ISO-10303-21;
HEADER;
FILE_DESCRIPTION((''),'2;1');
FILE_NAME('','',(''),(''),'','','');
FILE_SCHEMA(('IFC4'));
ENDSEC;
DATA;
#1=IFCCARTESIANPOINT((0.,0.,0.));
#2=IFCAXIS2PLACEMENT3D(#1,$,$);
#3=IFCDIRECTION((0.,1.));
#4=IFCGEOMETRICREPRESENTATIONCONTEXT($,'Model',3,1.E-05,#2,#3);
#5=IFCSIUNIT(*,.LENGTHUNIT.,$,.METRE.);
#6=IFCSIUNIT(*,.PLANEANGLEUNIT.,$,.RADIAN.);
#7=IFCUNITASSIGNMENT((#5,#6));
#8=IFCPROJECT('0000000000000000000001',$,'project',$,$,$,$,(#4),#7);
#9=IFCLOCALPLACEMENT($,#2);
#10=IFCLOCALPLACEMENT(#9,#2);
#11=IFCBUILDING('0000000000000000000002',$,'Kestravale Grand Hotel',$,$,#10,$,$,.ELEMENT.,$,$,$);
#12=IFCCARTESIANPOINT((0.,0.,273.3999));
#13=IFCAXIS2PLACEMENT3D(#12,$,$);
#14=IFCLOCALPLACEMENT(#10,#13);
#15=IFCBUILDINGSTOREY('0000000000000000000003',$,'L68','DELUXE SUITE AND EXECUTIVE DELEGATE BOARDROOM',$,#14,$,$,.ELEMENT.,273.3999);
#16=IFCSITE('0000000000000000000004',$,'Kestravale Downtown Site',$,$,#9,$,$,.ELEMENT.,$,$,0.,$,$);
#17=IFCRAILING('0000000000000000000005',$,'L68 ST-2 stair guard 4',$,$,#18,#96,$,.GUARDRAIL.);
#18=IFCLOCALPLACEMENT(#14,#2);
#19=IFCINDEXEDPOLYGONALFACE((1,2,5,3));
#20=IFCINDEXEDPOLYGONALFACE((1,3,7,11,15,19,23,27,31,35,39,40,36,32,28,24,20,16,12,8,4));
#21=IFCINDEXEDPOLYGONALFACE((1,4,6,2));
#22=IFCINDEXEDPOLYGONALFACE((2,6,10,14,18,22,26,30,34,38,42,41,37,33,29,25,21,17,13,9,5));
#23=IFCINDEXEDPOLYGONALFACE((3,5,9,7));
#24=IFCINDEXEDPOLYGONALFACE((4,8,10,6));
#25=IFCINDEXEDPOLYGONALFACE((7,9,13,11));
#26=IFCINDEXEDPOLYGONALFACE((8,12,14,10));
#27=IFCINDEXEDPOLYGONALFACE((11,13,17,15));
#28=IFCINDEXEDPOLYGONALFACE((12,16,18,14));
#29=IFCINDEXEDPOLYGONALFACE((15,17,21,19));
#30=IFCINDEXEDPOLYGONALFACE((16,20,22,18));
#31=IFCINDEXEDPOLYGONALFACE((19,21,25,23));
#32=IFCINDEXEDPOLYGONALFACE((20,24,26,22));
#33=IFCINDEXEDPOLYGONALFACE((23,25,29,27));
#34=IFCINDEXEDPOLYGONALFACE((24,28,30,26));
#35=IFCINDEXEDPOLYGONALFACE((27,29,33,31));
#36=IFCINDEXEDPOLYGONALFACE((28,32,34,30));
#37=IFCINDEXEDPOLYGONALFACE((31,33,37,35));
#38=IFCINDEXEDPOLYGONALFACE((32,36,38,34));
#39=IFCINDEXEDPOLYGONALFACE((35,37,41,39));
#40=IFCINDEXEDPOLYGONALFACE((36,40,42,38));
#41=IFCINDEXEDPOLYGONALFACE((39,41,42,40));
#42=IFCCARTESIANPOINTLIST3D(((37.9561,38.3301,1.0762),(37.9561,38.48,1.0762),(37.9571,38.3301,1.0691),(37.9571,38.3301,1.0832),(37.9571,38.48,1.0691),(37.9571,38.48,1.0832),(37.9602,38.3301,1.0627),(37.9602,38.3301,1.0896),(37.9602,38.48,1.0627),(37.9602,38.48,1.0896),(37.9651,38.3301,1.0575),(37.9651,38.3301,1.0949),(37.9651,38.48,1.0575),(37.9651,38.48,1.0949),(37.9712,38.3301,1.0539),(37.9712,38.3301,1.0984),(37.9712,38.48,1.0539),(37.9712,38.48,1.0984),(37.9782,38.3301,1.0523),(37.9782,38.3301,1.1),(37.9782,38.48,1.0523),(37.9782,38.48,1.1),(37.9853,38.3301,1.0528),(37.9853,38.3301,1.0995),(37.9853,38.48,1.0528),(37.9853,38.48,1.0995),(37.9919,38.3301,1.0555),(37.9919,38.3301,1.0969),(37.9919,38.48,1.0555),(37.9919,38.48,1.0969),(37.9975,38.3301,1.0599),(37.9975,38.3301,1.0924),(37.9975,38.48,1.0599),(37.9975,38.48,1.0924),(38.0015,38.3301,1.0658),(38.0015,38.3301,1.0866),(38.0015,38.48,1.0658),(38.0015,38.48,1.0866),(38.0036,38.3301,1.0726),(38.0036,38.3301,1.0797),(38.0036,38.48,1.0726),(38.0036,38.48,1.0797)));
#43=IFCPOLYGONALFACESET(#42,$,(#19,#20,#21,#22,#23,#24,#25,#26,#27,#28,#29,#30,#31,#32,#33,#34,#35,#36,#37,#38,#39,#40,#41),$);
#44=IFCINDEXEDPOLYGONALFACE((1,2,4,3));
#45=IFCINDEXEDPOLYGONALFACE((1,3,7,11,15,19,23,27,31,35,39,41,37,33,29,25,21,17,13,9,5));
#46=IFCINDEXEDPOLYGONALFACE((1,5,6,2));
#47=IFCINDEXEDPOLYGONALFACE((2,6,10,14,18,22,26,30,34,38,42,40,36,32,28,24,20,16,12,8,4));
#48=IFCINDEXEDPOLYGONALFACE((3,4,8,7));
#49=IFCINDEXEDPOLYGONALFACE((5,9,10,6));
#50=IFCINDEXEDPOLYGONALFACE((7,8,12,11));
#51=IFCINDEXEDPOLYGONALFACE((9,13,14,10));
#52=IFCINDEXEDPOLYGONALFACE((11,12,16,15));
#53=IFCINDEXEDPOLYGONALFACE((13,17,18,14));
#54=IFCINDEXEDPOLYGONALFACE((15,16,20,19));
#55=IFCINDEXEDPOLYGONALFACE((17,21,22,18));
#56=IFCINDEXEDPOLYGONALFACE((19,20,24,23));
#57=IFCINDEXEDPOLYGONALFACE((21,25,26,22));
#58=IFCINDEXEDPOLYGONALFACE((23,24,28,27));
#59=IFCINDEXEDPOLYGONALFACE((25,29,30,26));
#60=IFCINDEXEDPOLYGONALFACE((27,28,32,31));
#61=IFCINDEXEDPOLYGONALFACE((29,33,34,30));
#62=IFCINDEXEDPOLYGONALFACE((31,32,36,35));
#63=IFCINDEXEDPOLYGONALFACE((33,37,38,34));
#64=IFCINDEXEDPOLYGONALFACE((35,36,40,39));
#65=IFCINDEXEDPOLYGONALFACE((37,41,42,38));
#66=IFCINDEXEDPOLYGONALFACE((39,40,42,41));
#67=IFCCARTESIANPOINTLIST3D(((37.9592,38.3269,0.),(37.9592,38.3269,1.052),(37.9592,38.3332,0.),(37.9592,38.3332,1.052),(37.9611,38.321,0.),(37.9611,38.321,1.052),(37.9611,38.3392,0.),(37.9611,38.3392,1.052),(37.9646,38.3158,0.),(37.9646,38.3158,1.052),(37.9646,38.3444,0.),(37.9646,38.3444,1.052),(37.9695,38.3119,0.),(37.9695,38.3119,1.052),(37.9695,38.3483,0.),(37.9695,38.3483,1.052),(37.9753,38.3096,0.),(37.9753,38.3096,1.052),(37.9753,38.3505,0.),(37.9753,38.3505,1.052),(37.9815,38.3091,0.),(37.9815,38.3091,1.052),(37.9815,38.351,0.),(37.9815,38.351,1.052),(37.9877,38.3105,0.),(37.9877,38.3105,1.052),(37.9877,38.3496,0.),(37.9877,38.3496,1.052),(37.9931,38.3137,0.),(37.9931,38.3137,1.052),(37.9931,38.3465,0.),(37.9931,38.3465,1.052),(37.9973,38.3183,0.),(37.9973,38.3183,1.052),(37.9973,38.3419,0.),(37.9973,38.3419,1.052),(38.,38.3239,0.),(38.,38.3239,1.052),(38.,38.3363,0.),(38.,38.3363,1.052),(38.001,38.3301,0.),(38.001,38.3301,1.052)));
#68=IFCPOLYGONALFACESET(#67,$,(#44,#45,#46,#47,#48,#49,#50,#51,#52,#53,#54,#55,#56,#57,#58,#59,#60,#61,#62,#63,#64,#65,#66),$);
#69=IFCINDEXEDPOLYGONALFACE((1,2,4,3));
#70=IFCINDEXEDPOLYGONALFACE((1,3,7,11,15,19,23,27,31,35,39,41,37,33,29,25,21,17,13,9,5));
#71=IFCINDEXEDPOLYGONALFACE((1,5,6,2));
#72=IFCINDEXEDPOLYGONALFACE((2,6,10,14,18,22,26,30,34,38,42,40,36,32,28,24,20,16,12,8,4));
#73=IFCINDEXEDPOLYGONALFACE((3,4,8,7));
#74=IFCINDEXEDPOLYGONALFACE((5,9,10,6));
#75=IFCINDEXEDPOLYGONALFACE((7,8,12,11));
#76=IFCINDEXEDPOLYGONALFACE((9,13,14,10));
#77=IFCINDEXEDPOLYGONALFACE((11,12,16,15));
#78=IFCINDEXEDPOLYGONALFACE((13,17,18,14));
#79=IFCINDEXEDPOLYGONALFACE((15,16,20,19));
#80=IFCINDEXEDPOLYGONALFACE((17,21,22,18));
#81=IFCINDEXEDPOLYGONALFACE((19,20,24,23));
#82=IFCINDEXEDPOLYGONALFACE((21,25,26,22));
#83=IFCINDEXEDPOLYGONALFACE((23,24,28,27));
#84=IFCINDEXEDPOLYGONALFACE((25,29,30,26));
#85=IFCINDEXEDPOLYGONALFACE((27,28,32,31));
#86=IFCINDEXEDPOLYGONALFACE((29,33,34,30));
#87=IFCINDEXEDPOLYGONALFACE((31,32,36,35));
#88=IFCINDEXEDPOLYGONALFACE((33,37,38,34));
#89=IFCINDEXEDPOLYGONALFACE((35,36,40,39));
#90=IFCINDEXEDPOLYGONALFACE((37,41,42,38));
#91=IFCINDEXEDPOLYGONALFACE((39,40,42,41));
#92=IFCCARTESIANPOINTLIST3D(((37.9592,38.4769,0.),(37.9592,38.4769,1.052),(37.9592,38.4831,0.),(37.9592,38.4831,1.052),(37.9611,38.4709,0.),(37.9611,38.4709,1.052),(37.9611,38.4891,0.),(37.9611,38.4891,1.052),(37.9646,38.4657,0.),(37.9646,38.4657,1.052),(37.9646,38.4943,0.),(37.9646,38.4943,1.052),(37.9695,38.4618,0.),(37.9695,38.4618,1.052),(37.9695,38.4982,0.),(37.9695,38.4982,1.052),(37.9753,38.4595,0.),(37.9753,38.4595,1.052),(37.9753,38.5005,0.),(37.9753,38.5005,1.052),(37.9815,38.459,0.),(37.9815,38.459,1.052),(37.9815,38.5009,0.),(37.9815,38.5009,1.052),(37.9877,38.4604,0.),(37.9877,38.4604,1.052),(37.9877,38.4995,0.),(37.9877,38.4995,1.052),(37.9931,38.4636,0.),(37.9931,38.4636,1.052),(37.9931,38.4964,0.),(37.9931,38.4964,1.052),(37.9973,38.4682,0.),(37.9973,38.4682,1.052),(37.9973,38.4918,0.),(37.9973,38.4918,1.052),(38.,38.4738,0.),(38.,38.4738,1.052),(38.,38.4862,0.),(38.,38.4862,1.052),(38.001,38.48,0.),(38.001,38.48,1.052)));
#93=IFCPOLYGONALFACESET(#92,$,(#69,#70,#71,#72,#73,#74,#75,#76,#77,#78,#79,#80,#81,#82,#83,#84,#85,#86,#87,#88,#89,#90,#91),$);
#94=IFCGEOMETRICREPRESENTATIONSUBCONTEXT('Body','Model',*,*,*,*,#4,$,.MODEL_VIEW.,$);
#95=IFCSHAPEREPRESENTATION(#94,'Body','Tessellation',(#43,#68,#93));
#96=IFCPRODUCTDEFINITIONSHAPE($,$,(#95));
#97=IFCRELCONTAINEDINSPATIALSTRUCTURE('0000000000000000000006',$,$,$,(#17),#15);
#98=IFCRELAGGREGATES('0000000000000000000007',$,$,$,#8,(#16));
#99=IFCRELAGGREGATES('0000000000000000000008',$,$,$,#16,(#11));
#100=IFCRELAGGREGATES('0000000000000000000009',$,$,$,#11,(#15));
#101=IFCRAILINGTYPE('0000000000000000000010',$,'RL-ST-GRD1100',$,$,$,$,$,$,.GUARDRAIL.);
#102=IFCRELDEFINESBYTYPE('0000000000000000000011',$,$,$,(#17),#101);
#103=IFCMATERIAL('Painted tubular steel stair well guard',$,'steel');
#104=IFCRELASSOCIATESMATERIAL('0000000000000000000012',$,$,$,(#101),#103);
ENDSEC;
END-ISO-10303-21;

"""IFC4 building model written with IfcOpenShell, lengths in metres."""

from ifc_helpers import new_model, si_unit, direction, frame, origin, origin_2d, place, context, subcontext, project, spatial, circle, extrude, material, type_object, element, save


model = new_model("IFC4")

# Units and contexts
model_context = context("Model", 3, precision=1e-05, world=origin(), true_north=direction((0.0, 1.0)))
body_context = subcontext(model_context, "Body", "Model", "MODEL_VIEW")
ifc_project = project(units=[si_unit("LENGTHUNIT", "METRE"), si_unit("PLANEANGLEUNIT", "RADIAN")], contexts=[model_context])

# Site, building, storey
site_placement = place(None, origin())
site = spatial("IfcSite", under=ifc_project, at=site_placement, Name="Kestravale Downtown Site", CompositionType="ELEMENT", RefElevation=0.0)
building_placement = place(site_placement, origin())
building = spatial("IfcBuilding", under=site, at=building_placement, Name="Kestravale Grand Hotel", CompositionType="ELEMENT")
storey_placement = place(building_placement, frame((0.0, 0.0, 273.3999)))
storey = spatial("IfcBuildingStorey", under=building, at=storey_placement, Name="L68", Description="DELUXE SUITE AND EXECUTIVE DELEGATE BOARDROOM", CompositionType="ELEMENT", Elevation=273.3999)

# Railing
ifc_material_1 = material(Name="Painted tubular steel stair well guard", Category="steel")
railing_type_1 = type_object("IfcRailingType", Name="RL-ST-GRD1100", PredefinedType="GUARDRAIL", material=ifc_material_1)
railing_1_placement = place(storey_placement, frame((37.98, 38.3301, 0.0)))
element("IfcRailing", 1, at=railing_1_placement, inside=storey, type_object=railing_type_1, Name="L68 ST-2 stair guard 4", PredefinedType="GUARDRAIL", context=body_context, shape_type="SweptSolid", body=[
    extrude(circle(Radius=0.0239, at=origin_2d()), frame((0.0, 0.0, 1.0762), z_axis=(0.0, 1.0, 0.0), x_axis=(-1.0, 0.0, 0.0)), (0.0, 0.0, 1.0), 0.1499),
    extrude(circle(Radius=0.021, at=origin_2d()), origin(), (0.0, 0.0, 1.0), 1.052),
    extrude(circle(Radius=0.021, at=origin_2d()), frame((0.0, 0.1499, 0.0)), (0.0, 0.0, 1.0), 1.052),
])

save(model, "model.ifc")
